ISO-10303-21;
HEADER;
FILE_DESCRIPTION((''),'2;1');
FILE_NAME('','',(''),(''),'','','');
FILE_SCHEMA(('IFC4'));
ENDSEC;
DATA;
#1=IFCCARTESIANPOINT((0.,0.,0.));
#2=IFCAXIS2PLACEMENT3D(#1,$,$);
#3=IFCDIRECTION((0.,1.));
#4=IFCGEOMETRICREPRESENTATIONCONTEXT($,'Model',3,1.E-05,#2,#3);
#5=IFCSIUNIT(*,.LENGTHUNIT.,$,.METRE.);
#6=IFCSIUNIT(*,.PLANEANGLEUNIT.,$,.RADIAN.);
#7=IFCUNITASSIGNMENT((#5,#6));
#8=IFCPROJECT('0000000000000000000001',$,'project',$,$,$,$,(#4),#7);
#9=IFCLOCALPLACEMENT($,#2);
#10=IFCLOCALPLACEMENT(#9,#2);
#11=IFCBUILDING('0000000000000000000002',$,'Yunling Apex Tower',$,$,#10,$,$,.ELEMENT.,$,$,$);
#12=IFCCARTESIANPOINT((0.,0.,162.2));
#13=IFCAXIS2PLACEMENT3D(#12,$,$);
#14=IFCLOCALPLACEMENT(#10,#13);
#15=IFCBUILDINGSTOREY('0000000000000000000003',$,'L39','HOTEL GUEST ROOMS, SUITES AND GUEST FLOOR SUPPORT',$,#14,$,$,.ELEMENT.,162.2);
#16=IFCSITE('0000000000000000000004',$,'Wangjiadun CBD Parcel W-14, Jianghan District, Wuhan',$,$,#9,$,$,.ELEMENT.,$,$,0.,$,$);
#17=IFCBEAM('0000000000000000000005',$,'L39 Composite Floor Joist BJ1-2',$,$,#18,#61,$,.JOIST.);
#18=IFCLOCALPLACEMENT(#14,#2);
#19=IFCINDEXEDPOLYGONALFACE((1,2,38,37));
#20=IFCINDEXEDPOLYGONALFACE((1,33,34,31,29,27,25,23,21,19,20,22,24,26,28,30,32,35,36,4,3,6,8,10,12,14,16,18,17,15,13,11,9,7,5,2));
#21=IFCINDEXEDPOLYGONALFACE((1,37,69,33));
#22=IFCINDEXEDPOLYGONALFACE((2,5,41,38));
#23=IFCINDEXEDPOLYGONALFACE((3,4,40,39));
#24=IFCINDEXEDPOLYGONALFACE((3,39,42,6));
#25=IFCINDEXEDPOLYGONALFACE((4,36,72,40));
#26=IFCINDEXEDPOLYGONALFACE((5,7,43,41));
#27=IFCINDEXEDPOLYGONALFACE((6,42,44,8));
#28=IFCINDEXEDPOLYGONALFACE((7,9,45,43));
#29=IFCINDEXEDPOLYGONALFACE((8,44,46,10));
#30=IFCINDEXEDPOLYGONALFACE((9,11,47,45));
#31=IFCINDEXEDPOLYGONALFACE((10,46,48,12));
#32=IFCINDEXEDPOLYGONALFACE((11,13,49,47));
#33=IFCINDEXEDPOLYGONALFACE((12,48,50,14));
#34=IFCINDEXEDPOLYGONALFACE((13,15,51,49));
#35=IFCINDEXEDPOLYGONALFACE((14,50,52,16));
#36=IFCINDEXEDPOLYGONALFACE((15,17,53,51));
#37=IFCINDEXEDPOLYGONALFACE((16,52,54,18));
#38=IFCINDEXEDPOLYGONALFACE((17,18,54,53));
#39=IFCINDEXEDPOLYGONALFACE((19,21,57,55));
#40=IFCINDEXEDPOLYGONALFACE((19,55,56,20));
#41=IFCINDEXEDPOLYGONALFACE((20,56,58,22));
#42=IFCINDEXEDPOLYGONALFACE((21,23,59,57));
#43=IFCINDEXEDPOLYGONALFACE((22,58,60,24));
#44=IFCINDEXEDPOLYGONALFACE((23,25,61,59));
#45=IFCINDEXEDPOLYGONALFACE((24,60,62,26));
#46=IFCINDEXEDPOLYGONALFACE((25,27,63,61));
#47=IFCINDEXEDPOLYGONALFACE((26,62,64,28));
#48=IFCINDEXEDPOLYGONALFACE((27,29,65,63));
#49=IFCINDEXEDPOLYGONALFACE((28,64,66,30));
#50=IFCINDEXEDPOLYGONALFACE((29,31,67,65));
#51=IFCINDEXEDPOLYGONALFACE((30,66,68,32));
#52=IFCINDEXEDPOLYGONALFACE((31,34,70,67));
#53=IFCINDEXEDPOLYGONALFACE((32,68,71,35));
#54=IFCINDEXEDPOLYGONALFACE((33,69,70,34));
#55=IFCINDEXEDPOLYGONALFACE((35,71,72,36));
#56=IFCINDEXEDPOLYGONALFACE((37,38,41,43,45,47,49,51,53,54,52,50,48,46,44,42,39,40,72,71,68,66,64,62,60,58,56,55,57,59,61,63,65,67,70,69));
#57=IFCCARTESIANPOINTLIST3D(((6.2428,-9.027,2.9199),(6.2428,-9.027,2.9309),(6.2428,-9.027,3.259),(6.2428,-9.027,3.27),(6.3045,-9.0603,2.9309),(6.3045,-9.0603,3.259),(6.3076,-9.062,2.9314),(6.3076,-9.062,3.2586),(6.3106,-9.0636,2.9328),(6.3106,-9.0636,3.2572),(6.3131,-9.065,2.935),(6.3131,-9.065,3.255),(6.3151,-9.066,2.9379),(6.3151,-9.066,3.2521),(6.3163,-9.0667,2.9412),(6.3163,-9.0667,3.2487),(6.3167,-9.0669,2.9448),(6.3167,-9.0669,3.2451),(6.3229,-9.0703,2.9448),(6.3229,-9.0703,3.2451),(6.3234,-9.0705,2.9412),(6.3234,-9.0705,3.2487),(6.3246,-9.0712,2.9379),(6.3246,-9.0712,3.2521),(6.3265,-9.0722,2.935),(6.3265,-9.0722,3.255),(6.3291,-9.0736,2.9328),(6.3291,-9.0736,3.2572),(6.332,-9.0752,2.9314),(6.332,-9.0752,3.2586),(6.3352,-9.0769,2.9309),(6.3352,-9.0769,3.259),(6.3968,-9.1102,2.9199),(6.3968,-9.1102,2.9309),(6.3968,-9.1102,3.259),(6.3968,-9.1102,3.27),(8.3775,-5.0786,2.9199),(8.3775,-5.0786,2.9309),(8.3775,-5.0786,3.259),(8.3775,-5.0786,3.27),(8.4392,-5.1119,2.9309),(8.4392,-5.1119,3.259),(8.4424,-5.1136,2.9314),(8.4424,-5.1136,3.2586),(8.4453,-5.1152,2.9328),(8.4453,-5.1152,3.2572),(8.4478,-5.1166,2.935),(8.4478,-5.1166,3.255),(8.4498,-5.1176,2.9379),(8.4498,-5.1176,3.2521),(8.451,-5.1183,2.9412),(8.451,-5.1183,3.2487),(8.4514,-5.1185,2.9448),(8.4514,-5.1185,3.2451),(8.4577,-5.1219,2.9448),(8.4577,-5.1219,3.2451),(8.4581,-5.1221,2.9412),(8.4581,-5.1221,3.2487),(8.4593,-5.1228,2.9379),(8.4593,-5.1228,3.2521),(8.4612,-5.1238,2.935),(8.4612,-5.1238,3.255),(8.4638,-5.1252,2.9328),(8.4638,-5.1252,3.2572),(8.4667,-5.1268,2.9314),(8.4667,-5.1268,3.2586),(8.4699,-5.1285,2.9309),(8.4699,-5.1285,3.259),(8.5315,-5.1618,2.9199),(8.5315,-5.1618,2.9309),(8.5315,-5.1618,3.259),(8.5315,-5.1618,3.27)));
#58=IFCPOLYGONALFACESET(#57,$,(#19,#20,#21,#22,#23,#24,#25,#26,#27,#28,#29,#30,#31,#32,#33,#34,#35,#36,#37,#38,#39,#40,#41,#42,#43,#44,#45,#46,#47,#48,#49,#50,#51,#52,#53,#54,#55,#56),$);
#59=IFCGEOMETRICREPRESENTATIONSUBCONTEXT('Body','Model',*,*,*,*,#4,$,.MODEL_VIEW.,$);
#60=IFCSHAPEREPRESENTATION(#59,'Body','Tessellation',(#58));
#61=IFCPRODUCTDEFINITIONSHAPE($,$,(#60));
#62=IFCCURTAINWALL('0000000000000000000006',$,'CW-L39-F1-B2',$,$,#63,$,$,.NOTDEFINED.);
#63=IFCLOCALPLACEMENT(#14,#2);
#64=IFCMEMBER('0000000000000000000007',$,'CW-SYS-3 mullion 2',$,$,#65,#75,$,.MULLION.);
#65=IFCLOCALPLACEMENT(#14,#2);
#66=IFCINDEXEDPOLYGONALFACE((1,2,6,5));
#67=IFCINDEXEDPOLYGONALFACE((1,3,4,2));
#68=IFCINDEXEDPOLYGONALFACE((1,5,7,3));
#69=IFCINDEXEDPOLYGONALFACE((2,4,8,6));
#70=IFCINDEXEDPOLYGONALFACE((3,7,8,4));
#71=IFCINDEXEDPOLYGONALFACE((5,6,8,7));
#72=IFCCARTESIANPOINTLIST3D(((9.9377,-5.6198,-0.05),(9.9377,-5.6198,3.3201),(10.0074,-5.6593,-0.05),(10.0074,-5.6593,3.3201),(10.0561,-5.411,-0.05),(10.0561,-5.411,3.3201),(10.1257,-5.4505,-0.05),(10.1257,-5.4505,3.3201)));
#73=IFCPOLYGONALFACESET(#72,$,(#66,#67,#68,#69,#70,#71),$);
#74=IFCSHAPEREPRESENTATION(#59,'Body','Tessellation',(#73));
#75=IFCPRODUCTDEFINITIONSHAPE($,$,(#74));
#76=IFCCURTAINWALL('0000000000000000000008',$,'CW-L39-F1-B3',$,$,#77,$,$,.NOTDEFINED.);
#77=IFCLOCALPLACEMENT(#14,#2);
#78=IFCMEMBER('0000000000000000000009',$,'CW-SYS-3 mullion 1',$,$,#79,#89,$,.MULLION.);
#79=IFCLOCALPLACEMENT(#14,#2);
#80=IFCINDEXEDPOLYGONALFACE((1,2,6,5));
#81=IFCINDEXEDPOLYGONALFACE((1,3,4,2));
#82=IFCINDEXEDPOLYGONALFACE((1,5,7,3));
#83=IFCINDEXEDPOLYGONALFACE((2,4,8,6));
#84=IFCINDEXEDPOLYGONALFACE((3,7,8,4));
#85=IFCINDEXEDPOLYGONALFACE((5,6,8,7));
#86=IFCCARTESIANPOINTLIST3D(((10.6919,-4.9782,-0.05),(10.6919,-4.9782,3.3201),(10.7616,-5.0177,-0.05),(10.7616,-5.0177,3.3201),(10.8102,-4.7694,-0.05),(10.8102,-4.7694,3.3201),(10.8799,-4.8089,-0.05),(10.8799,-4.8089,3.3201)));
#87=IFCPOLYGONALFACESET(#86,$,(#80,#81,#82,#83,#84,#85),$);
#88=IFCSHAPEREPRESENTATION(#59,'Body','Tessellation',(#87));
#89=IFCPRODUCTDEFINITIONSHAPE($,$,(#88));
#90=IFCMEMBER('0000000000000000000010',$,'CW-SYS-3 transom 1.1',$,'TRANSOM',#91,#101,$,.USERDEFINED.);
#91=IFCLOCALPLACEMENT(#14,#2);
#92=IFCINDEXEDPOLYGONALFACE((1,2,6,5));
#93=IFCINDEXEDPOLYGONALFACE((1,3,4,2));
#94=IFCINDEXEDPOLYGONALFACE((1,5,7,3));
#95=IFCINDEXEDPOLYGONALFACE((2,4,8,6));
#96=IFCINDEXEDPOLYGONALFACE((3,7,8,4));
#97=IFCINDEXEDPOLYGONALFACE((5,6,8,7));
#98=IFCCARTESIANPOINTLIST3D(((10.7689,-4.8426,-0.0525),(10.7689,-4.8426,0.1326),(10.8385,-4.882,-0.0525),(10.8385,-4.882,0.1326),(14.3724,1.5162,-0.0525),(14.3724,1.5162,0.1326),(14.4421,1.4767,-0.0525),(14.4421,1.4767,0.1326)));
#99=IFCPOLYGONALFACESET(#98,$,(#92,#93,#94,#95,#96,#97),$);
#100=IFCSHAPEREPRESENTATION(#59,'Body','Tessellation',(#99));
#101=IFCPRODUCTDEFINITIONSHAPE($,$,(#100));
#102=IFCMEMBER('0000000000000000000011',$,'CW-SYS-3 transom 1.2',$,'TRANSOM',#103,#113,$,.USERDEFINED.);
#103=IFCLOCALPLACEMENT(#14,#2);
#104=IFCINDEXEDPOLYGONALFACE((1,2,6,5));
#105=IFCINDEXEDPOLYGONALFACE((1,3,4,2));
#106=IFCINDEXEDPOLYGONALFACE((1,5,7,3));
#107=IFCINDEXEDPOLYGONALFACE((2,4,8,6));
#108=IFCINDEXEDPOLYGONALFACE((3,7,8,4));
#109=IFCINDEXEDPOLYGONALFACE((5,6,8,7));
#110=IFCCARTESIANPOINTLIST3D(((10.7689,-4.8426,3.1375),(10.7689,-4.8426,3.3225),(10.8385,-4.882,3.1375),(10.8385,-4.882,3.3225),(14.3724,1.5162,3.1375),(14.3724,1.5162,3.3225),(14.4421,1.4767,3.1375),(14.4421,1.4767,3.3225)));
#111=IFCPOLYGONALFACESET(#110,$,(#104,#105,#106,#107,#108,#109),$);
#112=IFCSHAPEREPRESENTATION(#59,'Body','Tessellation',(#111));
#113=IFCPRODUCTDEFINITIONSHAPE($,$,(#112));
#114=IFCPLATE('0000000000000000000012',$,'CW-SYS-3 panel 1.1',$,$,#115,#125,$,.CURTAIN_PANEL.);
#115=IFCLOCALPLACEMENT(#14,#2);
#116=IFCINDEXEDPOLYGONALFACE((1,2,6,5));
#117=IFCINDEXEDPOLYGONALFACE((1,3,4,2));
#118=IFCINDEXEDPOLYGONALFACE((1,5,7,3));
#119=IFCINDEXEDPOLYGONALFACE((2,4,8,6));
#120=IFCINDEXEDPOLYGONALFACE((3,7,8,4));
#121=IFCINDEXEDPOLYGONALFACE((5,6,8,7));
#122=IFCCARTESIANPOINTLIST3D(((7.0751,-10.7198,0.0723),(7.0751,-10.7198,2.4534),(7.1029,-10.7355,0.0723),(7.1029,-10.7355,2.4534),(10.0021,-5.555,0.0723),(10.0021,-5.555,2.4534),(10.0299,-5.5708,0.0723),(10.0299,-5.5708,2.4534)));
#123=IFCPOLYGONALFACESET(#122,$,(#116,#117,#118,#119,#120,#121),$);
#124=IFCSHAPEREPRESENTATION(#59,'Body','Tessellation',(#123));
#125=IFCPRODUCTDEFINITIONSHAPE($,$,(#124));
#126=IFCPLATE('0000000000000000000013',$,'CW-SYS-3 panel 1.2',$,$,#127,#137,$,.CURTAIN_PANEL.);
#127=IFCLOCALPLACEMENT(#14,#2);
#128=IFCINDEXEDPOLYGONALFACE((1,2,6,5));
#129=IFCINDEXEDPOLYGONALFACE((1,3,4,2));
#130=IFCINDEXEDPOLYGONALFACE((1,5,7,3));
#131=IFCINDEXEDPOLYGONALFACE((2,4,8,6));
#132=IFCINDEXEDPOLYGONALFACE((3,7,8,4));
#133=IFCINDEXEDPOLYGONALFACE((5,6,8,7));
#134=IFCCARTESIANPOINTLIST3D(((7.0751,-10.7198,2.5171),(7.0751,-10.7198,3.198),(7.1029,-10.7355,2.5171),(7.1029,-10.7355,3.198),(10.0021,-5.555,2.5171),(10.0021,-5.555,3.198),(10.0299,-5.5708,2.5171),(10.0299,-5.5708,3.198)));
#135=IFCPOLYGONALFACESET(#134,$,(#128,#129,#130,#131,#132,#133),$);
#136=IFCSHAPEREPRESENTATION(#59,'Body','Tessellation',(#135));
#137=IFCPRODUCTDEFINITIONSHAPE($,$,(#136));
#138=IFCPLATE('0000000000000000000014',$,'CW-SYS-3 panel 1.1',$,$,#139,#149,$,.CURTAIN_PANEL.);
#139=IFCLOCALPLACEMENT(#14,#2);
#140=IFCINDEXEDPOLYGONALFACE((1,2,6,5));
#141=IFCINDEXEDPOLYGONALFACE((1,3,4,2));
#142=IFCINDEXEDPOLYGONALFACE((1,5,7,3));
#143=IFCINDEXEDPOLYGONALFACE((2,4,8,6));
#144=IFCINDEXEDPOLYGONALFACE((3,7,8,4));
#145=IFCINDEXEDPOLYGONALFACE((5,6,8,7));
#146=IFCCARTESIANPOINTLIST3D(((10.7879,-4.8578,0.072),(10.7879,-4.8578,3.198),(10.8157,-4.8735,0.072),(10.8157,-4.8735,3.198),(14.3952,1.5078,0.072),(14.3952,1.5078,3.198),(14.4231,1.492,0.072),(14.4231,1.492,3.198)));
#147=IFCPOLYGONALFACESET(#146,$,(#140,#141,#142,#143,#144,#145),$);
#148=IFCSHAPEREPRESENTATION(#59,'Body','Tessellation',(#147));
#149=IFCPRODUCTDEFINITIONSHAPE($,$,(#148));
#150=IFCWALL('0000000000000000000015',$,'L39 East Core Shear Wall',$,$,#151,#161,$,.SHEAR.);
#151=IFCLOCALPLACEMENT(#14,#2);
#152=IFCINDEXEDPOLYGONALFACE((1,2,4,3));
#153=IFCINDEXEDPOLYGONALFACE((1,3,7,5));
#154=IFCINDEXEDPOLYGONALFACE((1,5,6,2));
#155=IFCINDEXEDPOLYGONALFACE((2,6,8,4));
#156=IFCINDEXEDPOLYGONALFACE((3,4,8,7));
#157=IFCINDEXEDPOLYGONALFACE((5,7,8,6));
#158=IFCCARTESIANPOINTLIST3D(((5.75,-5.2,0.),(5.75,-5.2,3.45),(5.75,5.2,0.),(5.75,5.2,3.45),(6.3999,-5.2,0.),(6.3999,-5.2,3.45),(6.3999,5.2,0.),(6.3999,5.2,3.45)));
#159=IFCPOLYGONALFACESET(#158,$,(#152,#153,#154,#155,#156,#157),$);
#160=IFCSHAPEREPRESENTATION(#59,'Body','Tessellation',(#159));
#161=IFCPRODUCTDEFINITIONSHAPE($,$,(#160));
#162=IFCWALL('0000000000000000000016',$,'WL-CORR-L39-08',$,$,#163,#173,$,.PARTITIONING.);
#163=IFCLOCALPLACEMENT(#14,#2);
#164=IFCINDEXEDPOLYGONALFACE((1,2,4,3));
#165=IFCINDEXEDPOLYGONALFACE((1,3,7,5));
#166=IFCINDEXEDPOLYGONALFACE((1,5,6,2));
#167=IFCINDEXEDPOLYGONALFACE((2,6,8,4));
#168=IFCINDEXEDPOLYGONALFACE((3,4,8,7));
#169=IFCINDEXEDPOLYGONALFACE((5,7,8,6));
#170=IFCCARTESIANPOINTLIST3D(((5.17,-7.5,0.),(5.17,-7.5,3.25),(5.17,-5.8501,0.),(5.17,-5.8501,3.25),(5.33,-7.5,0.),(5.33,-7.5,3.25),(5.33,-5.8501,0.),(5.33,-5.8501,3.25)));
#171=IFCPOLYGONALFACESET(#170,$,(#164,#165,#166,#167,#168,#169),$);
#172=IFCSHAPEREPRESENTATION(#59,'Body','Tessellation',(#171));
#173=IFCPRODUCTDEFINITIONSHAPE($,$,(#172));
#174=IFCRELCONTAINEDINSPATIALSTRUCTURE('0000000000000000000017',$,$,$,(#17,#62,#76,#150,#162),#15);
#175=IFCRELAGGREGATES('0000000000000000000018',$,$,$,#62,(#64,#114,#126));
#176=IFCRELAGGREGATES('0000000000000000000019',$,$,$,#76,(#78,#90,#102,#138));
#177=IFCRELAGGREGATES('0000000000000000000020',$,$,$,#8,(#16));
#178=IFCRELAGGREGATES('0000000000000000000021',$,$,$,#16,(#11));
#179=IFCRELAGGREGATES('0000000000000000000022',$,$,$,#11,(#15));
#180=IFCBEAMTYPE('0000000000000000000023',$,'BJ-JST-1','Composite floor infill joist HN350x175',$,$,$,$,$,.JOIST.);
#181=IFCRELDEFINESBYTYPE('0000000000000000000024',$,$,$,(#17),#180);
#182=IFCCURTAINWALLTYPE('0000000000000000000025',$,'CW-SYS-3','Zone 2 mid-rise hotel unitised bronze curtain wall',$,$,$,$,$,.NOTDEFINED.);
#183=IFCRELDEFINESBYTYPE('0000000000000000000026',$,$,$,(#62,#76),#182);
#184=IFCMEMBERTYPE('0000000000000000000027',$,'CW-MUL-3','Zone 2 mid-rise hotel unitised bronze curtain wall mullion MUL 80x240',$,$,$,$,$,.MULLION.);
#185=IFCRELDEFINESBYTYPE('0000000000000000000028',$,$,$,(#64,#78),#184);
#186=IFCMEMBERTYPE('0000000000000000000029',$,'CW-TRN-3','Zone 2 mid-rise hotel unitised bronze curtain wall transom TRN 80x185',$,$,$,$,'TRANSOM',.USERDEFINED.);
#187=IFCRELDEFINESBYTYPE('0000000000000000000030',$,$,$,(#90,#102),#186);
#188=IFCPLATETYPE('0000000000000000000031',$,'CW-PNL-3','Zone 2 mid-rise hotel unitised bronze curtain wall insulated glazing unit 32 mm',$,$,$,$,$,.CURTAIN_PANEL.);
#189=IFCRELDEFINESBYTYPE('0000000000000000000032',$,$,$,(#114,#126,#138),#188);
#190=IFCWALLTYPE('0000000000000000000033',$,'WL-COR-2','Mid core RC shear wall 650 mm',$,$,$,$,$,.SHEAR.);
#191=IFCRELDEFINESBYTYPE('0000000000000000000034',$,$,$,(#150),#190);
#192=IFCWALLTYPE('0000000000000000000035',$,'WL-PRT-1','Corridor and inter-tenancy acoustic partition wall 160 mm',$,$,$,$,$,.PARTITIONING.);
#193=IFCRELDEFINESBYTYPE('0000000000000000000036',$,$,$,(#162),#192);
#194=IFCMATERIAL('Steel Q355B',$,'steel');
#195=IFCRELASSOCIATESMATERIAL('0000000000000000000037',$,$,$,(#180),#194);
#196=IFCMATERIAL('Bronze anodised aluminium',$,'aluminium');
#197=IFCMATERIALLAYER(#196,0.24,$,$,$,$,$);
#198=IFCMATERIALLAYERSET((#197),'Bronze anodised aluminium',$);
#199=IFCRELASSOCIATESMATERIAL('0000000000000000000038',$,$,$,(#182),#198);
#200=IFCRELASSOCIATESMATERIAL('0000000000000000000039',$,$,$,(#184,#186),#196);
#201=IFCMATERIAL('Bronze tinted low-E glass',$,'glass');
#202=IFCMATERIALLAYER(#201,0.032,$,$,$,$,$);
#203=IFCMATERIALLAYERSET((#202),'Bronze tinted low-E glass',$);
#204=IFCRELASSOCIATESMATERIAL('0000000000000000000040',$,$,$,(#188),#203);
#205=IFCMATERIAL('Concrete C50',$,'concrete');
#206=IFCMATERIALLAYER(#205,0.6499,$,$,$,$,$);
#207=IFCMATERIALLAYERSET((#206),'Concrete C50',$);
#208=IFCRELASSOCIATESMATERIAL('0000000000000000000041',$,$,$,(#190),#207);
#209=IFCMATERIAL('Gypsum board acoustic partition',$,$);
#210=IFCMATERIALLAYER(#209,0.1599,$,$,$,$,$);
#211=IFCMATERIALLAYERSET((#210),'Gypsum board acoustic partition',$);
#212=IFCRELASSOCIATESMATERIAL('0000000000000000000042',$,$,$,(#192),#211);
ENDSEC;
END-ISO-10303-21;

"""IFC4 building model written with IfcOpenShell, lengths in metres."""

from ifc_helpers import new_model, si_unit, direction, frame, frame_2d, origin, origin_2d, place, context, subcontext, project, spatial, rectangle, i_section, extrude, source, transform, mapped, material, layer, layer_set, material_profile, profile_set, type_object, element, aggregate, save


model = new_model("IFC4")

# Units and contexts
model_context = context("Model", 3, precision=1e-05, world=origin(), true_north=direction((0.0, 1.0)))
body_context = subcontext(model_context, "Body", "Model", "MODEL_VIEW")
ifc_project = project(units=[si_unit("LENGTHUNIT", "METRE"), si_unit("PLANEANGLEUNIT", "RADIAN")], contexts=[model_context])

# Site, building, storey
site_placement = place(None, origin())
site = spatial("IfcSite", under=ifc_project, at=site_placement, Name="Wangjiadun CBD Parcel W-14, Jianghan District, Wuhan", CompositionType="ELEMENT", RefElevation=0.0)
building_placement = place(site_placement, origin())
building = spatial("IfcBuilding", under=site, at=building_placement, Name="Yunling Apex Tower", CompositionType="ELEMENT")
storey_placement = place(building_placement, frame((0.0, 0.0, 162.2)))
storey = spatial("IfcBuildingStorey", under=building, at=storey_placement, Name="L39", Description="HOTEL GUEST ROOMS, SUITES AND GUEST FLOOR SUPPORT", CompositionType="ELEMENT", Elevation=162.2)

# Shared definitions
ifc_material_1 = material(Name="Concrete C50", Category="concrete")

# Beam
ifc_material_2 = material(Name="Steel Q355B", Category="steel")
ifc_material_profile_1 = material_profile(ifc_material_2, i_section(OverallWidth=0.175, OverallDepth=0.3501, WebThickness=0.0071, FlangeThickness=0.011, FilletRadius=0.0139, at=origin_2d()))
ifc_profile_set_1 = profile_set([ifc_material_profile_1], Name="Steel Q355B")
beam_type_1 = type_object("IfcBeamType", Name="BJ-JST-1", Description="Composite floor infill joist HN350x175", PredefinedType="JOIST", material=ifc_profile_set_1)
shared_shape_1 = source(origin(), body_context, "Body", "SweptSolid", [
    extrude(i_section(OverallWidth=0.175, OverallDepth=0.3501, WebThickness=0.0071, FlangeThickness=0.011, FilletRadius=0.0139, at=origin_2d()), origin(), (0.0, 0.0, 1.0), 4.4885),
])
beam_1_placement = place(storey_placement, frame((6.3198, -9.0686, 3.095), z_axis=(0.475594, 0.879665, 0.0), x_axis=(-0.879665, 0.475594, 0.0)))
element("IfcBeam", 1, at=beam_1_placement, inside=storey, type_object=beam_type_1, Name="L39 Composite Floor Joist BJ1-2", PredefinedType="JOIST", context=body_context, shape_type="MappedRepresentation", body=[
    mapped(shared_shape_1, transform((0.0, 0.0, 0.0), scale=1.0)),
])

# Curtain wall, member
ifc_material_3 = material(Name="Bronze anodised aluminium", Category="aluminium")
ifc_layer_1 = layer(ifc_material_3, 0.24)
ifc_layer_set_1 = layer_set([ifc_layer_1], Name="Bronze anodised aluminium")
curtain_wall_type = type_object("IfcCurtainWallType", Name="CW-SYS-3", Description="Zone 2 mid-rise hotel unitised bronze curtain wall", PredefinedType="NOTDEFINED", material=ifc_layer_set_1)
curtain_wall_1_placement = place(storey_placement, origin())
curtain_wall_1 = element("IfcCurtainWall", 2, at=curtain_wall_1_placement, inside=storey, type_object=curtain_wall_type, Name="CW-L39-F1-B2", PredefinedType="NOTDEFINED")
ifc_material_profile_2 = material_profile(ifc_material_3, rectangle(XDim=0.0801, YDim=0.24, at=origin_2d()))
ifc_profile_set_2 = profile_set([ifc_material_profile_2], Name="Bronze anodised aluminium")
member_type_1 = type_object("IfcMemberType", Name="CW-MUL-3", Description="Zone 2 mid-rise hotel unitised bronze curtain wall mullion MUL 80x240", PredefinedType="MULLION", material=ifc_profile_set_2)
shared_shape_2 = source(origin(), body_context, "Body", "SweptSolid", [
    extrude(rectangle(XDim=0.0801, YDim=0.24, at=origin_2d()), origin(), (0.0, 0.0, 1.0), 3.3701),
])
member_1_placement = place(storey_placement, frame((10.0317, -5.5352, -0.05), z_axis=(0.0, 0.0, 1.0), x_axis=(-0.870003, 0.493047, 0.0)))
member_1 = element("IfcMember", 3, at=member_1_placement, type_object=member_type_1, Name="CW-SYS-3 mullion 2", PredefinedType="MULLION", context=body_context, shape_type="MappedRepresentation", body=[
    mapped(shared_shape_2, transform((0.0, 0.0, 0.0), scale=1.0)),
])

# Curtain wall, members
curtain_wall_2_placement = place(storey_placement, origin())
curtain_wall_2 = element("IfcCurtainWall", 4, at=curtain_wall_2_placement, inside=storey, type_object=curtain_wall_type, Name="CW-L39-F1-B3", PredefinedType="NOTDEFINED")
member_2_placement = place(storey_placement, frame((10.7859, -4.8936, -0.05), z_axis=(0.0, 0.0, 1.0), x_axis=(-0.870009, 0.493035, 0.0)))
member_2 = element("IfcMember", 5, at=member_2_placement, type_object=member_type_1, Name="CW-SYS-3 mullion 1", PredefinedType="MULLION", context=body_context, shape_type="MappedRepresentation", body=[
    mapped(shared_shape_2, transform((0.0, 0.0, 0.0), scale=1.0)),
])
ifc_material_profile_3 = material_profile(ifc_material_3, rectangle(XDim=0.0801, YDim=0.1851, at=origin_2d()))
ifc_profile_set_3 = profile_set([ifc_material_profile_3], Name="Bronze anodised aluminium")
member_type_2 = type_object("IfcMemberType", Name="CW-TRN-3", Description="Zone 2 mid-rise hotel unitised bronze curtain wall transom TRN 80x185", ElementType="TRANSOM", PredefinedType="USERDEFINED", material=ifc_profile_set_3)
shared_shape_3 = source(origin(), body_context, "Body", "SweptSolid", [
    extrude(rectangle(XDim=0.0801, YDim=0.1851, at=origin_2d()), origin(), (0.0, 0.0, 1.0), 7.3088),
])
member_3_placement = place(storey_placement, frame((10.8037, -4.8623, 0.04), z_axis=(0.493042, 0.870005, 0.0), x_axis=(-0.870005, 0.493042, 0.0)))
member_3 = element("IfcMember", 6, at=member_3_placement, type_object=member_type_2, Name="CW-SYS-3 transom 1.1", ObjectType="TRANSOM", PredefinedType="USERDEFINED", context=body_context, shape_type="MappedRepresentation", body=[
    mapped(shared_shape_3, transform((0.0, 0.0, 0.0), scale=1.0)),
])
member_4_placement = place(storey_placement, frame((10.8037, -4.8623, 3.23), z_axis=(0.493042, 0.870005, 0.0), x_axis=(-0.870005, 0.493042, 0.0)))
member_4 = element("IfcMember", 7, at=member_4_placement, type_object=member_type_2, Name="CW-SYS-3 transom 1.2", ObjectType="TRANSOM", PredefinedType="USERDEFINED", context=body_context, shape_type="MappedRepresentation", body=[
    mapped(shared_shape_3, transform((0.0, 0.0, 0.0), scale=1.0)),
])

# Plates
ifc_material_4 = material(Name="Bronze tinted low-E glass", Category="glass")
ifc_layer_2 = layer(ifc_material_4, 0.032)
ifc_layer_set_2 = layer_set([ifc_layer_2], Name="Bronze tinted low-E glass")
plate_type = type_object("IfcPlateType", Name="CW-PNL-3", Description="Zone 2 mid-rise hotel unitised bronze curtain wall insulated glazing unit 32 mm", PredefinedType="CURTAIN_PANEL", material=ifc_layer_set_2)
shared_shape_4 = source(origin(), body_context, "Body", "SweptSolid", [
    extrude(rectangle(XDim=5.9365, YDim=0.032, at=origin_2d()), origin(), (0.0, 0.0, 1.0), 2.3811),
])
plate_1_placement = place(storey_placement, frame((8.5525, -8.1453, 0.0723), z_axis=(0.0, 0.0, 1.0), x_axis=(0.493047, 0.870003, 0.0)))
plate_1 = element("IfcPlate", 8, at=plate_1_placement, type_object=plate_type, Name="CW-SYS-3 panel 1.1", PredefinedType="CURTAIN_PANEL", context=body_context, shape_type="MappedRepresentation", body=[
    mapped(shared_shape_4, transform((0.0, 0.0, 0.0), scale=1.0)),
])
shared_shape_5 = source(origin(), body_context, "Body", "SweptSolid", [
    extrude(rectangle(XDim=5.9365, YDim=0.032, at=origin_2d()), origin(), (0.0, 0.0, 1.0), 0.6809),
])
plate_2_placement = place(storey_placement, frame((8.5525, -8.1453, 2.5171), z_axis=(0.0, 0.0, 1.0), x_axis=(0.493047, 0.870003, 0.0)))
plate_2 = element("IfcPlate", 9, at=plate_2_placement, type_object=plate_type, Name="CW-SYS-3 panel 1.2", PredefinedType="CURTAIN_PANEL", context=body_context, shape_type="MappedRepresentation", body=[
    mapped(shared_shape_5, transform((0.0, 0.0, 0.0), scale=1.0)),
])
aggregate(curtain_wall_1, [member_1, plate_1, plate_2])
shared_shape_6 = source(origin(), body_context, "Body", "SweptSolid", [
    extrude(rectangle(XDim=7.3167, YDim=0.032, at=origin_2d()), origin(), (0.0, 0.0, 1.0), 3.126),
])
plate_3_placement = place(storey_placement, frame((12.6055, -1.6829, 0.072), z_axis=(0.0, 0.0, 1.0), x_axis=(0.493035, 0.870009, 0.0)))
plate_3 = element("IfcPlate", 10, at=plate_3_placement, type_object=plate_type, Name="CW-SYS-3 panel 1.1", PredefinedType="CURTAIN_PANEL", context=body_context, shape_type="MappedRepresentation", body=[
    mapped(shared_shape_6, transform((0.0, 0.0, 0.0), scale=1.0)),
])
aggregate(curtain_wall_2, [member_2, member_3, member_4, plate_3])

# Walls
ifc_layer_3 = layer(ifc_material_1, 0.6499)
ifc_layer_set_3 = layer_set([ifc_layer_3], Name="Concrete C50")
wall_type_1 = type_object("IfcWallType", Name="WL-COR-2", Description="Mid core RC shear wall 650 mm", PredefinedType="SHEAR", material=ifc_layer_set_3)
wall_1_placement = place(storey_placement, frame((6.075, -5.2, 0.0), z_axis=(0.0, 0.0, 1.0), x_axis=(0.0, 1.0, 0.0)))
element("IfcWall", 11, at=wall_1_placement, inside=storey, type_object=wall_type_1, Name="L39 East Core Shear Wall", PredefinedType="SHEAR", context=body_context, shape_type="SweptSolid", body=[
    extrude(rectangle(XDim=10.3999, YDim=0.6499, at=frame_2d((5.2, 0.0))), origin(), (0.0, 0.0, 1.0), 3.45),
])
ifc_material_5 = material(Name="Gypsum board acoustic partition")
ifc_layer_4 = layer(ifc_material_5, 0.1599)
ifc_layer_set_4 = layer_set([ifc_layer_4], Name="Gypsum board acoustic partition")
wall_type_2 = type_object("IfcWallType", Name="WL-PRT-1", Description="Corridor and inter-tenancy acoustic partition wall 160 mm", PredefinedType="PARTITIONING", material=ifc_layer_set_4)
wall_2_placement = place(storey_placement, frame((5.25, -5.8501, 0.0), z_axis=(0.0, 0.0, 1.0), x_axis=(0.0, -1.0, 0.0)))
element("IfcWall", 12, at=wall_2_placement, inside=storey, type_object=wall_type_2, Name="WL-CORR-L39-08", PredefinedType="PARTITIONING", context=body_context, shape_type="SweptSolid", body=[
    extrude(rectangle(XDim=1.6499, YDim=0.1599, at=frame_2d((0.825, 0.0))), origin(), (0.0, 0.0, 1.0), 3.25),
])

save(model, "model.ifc")
